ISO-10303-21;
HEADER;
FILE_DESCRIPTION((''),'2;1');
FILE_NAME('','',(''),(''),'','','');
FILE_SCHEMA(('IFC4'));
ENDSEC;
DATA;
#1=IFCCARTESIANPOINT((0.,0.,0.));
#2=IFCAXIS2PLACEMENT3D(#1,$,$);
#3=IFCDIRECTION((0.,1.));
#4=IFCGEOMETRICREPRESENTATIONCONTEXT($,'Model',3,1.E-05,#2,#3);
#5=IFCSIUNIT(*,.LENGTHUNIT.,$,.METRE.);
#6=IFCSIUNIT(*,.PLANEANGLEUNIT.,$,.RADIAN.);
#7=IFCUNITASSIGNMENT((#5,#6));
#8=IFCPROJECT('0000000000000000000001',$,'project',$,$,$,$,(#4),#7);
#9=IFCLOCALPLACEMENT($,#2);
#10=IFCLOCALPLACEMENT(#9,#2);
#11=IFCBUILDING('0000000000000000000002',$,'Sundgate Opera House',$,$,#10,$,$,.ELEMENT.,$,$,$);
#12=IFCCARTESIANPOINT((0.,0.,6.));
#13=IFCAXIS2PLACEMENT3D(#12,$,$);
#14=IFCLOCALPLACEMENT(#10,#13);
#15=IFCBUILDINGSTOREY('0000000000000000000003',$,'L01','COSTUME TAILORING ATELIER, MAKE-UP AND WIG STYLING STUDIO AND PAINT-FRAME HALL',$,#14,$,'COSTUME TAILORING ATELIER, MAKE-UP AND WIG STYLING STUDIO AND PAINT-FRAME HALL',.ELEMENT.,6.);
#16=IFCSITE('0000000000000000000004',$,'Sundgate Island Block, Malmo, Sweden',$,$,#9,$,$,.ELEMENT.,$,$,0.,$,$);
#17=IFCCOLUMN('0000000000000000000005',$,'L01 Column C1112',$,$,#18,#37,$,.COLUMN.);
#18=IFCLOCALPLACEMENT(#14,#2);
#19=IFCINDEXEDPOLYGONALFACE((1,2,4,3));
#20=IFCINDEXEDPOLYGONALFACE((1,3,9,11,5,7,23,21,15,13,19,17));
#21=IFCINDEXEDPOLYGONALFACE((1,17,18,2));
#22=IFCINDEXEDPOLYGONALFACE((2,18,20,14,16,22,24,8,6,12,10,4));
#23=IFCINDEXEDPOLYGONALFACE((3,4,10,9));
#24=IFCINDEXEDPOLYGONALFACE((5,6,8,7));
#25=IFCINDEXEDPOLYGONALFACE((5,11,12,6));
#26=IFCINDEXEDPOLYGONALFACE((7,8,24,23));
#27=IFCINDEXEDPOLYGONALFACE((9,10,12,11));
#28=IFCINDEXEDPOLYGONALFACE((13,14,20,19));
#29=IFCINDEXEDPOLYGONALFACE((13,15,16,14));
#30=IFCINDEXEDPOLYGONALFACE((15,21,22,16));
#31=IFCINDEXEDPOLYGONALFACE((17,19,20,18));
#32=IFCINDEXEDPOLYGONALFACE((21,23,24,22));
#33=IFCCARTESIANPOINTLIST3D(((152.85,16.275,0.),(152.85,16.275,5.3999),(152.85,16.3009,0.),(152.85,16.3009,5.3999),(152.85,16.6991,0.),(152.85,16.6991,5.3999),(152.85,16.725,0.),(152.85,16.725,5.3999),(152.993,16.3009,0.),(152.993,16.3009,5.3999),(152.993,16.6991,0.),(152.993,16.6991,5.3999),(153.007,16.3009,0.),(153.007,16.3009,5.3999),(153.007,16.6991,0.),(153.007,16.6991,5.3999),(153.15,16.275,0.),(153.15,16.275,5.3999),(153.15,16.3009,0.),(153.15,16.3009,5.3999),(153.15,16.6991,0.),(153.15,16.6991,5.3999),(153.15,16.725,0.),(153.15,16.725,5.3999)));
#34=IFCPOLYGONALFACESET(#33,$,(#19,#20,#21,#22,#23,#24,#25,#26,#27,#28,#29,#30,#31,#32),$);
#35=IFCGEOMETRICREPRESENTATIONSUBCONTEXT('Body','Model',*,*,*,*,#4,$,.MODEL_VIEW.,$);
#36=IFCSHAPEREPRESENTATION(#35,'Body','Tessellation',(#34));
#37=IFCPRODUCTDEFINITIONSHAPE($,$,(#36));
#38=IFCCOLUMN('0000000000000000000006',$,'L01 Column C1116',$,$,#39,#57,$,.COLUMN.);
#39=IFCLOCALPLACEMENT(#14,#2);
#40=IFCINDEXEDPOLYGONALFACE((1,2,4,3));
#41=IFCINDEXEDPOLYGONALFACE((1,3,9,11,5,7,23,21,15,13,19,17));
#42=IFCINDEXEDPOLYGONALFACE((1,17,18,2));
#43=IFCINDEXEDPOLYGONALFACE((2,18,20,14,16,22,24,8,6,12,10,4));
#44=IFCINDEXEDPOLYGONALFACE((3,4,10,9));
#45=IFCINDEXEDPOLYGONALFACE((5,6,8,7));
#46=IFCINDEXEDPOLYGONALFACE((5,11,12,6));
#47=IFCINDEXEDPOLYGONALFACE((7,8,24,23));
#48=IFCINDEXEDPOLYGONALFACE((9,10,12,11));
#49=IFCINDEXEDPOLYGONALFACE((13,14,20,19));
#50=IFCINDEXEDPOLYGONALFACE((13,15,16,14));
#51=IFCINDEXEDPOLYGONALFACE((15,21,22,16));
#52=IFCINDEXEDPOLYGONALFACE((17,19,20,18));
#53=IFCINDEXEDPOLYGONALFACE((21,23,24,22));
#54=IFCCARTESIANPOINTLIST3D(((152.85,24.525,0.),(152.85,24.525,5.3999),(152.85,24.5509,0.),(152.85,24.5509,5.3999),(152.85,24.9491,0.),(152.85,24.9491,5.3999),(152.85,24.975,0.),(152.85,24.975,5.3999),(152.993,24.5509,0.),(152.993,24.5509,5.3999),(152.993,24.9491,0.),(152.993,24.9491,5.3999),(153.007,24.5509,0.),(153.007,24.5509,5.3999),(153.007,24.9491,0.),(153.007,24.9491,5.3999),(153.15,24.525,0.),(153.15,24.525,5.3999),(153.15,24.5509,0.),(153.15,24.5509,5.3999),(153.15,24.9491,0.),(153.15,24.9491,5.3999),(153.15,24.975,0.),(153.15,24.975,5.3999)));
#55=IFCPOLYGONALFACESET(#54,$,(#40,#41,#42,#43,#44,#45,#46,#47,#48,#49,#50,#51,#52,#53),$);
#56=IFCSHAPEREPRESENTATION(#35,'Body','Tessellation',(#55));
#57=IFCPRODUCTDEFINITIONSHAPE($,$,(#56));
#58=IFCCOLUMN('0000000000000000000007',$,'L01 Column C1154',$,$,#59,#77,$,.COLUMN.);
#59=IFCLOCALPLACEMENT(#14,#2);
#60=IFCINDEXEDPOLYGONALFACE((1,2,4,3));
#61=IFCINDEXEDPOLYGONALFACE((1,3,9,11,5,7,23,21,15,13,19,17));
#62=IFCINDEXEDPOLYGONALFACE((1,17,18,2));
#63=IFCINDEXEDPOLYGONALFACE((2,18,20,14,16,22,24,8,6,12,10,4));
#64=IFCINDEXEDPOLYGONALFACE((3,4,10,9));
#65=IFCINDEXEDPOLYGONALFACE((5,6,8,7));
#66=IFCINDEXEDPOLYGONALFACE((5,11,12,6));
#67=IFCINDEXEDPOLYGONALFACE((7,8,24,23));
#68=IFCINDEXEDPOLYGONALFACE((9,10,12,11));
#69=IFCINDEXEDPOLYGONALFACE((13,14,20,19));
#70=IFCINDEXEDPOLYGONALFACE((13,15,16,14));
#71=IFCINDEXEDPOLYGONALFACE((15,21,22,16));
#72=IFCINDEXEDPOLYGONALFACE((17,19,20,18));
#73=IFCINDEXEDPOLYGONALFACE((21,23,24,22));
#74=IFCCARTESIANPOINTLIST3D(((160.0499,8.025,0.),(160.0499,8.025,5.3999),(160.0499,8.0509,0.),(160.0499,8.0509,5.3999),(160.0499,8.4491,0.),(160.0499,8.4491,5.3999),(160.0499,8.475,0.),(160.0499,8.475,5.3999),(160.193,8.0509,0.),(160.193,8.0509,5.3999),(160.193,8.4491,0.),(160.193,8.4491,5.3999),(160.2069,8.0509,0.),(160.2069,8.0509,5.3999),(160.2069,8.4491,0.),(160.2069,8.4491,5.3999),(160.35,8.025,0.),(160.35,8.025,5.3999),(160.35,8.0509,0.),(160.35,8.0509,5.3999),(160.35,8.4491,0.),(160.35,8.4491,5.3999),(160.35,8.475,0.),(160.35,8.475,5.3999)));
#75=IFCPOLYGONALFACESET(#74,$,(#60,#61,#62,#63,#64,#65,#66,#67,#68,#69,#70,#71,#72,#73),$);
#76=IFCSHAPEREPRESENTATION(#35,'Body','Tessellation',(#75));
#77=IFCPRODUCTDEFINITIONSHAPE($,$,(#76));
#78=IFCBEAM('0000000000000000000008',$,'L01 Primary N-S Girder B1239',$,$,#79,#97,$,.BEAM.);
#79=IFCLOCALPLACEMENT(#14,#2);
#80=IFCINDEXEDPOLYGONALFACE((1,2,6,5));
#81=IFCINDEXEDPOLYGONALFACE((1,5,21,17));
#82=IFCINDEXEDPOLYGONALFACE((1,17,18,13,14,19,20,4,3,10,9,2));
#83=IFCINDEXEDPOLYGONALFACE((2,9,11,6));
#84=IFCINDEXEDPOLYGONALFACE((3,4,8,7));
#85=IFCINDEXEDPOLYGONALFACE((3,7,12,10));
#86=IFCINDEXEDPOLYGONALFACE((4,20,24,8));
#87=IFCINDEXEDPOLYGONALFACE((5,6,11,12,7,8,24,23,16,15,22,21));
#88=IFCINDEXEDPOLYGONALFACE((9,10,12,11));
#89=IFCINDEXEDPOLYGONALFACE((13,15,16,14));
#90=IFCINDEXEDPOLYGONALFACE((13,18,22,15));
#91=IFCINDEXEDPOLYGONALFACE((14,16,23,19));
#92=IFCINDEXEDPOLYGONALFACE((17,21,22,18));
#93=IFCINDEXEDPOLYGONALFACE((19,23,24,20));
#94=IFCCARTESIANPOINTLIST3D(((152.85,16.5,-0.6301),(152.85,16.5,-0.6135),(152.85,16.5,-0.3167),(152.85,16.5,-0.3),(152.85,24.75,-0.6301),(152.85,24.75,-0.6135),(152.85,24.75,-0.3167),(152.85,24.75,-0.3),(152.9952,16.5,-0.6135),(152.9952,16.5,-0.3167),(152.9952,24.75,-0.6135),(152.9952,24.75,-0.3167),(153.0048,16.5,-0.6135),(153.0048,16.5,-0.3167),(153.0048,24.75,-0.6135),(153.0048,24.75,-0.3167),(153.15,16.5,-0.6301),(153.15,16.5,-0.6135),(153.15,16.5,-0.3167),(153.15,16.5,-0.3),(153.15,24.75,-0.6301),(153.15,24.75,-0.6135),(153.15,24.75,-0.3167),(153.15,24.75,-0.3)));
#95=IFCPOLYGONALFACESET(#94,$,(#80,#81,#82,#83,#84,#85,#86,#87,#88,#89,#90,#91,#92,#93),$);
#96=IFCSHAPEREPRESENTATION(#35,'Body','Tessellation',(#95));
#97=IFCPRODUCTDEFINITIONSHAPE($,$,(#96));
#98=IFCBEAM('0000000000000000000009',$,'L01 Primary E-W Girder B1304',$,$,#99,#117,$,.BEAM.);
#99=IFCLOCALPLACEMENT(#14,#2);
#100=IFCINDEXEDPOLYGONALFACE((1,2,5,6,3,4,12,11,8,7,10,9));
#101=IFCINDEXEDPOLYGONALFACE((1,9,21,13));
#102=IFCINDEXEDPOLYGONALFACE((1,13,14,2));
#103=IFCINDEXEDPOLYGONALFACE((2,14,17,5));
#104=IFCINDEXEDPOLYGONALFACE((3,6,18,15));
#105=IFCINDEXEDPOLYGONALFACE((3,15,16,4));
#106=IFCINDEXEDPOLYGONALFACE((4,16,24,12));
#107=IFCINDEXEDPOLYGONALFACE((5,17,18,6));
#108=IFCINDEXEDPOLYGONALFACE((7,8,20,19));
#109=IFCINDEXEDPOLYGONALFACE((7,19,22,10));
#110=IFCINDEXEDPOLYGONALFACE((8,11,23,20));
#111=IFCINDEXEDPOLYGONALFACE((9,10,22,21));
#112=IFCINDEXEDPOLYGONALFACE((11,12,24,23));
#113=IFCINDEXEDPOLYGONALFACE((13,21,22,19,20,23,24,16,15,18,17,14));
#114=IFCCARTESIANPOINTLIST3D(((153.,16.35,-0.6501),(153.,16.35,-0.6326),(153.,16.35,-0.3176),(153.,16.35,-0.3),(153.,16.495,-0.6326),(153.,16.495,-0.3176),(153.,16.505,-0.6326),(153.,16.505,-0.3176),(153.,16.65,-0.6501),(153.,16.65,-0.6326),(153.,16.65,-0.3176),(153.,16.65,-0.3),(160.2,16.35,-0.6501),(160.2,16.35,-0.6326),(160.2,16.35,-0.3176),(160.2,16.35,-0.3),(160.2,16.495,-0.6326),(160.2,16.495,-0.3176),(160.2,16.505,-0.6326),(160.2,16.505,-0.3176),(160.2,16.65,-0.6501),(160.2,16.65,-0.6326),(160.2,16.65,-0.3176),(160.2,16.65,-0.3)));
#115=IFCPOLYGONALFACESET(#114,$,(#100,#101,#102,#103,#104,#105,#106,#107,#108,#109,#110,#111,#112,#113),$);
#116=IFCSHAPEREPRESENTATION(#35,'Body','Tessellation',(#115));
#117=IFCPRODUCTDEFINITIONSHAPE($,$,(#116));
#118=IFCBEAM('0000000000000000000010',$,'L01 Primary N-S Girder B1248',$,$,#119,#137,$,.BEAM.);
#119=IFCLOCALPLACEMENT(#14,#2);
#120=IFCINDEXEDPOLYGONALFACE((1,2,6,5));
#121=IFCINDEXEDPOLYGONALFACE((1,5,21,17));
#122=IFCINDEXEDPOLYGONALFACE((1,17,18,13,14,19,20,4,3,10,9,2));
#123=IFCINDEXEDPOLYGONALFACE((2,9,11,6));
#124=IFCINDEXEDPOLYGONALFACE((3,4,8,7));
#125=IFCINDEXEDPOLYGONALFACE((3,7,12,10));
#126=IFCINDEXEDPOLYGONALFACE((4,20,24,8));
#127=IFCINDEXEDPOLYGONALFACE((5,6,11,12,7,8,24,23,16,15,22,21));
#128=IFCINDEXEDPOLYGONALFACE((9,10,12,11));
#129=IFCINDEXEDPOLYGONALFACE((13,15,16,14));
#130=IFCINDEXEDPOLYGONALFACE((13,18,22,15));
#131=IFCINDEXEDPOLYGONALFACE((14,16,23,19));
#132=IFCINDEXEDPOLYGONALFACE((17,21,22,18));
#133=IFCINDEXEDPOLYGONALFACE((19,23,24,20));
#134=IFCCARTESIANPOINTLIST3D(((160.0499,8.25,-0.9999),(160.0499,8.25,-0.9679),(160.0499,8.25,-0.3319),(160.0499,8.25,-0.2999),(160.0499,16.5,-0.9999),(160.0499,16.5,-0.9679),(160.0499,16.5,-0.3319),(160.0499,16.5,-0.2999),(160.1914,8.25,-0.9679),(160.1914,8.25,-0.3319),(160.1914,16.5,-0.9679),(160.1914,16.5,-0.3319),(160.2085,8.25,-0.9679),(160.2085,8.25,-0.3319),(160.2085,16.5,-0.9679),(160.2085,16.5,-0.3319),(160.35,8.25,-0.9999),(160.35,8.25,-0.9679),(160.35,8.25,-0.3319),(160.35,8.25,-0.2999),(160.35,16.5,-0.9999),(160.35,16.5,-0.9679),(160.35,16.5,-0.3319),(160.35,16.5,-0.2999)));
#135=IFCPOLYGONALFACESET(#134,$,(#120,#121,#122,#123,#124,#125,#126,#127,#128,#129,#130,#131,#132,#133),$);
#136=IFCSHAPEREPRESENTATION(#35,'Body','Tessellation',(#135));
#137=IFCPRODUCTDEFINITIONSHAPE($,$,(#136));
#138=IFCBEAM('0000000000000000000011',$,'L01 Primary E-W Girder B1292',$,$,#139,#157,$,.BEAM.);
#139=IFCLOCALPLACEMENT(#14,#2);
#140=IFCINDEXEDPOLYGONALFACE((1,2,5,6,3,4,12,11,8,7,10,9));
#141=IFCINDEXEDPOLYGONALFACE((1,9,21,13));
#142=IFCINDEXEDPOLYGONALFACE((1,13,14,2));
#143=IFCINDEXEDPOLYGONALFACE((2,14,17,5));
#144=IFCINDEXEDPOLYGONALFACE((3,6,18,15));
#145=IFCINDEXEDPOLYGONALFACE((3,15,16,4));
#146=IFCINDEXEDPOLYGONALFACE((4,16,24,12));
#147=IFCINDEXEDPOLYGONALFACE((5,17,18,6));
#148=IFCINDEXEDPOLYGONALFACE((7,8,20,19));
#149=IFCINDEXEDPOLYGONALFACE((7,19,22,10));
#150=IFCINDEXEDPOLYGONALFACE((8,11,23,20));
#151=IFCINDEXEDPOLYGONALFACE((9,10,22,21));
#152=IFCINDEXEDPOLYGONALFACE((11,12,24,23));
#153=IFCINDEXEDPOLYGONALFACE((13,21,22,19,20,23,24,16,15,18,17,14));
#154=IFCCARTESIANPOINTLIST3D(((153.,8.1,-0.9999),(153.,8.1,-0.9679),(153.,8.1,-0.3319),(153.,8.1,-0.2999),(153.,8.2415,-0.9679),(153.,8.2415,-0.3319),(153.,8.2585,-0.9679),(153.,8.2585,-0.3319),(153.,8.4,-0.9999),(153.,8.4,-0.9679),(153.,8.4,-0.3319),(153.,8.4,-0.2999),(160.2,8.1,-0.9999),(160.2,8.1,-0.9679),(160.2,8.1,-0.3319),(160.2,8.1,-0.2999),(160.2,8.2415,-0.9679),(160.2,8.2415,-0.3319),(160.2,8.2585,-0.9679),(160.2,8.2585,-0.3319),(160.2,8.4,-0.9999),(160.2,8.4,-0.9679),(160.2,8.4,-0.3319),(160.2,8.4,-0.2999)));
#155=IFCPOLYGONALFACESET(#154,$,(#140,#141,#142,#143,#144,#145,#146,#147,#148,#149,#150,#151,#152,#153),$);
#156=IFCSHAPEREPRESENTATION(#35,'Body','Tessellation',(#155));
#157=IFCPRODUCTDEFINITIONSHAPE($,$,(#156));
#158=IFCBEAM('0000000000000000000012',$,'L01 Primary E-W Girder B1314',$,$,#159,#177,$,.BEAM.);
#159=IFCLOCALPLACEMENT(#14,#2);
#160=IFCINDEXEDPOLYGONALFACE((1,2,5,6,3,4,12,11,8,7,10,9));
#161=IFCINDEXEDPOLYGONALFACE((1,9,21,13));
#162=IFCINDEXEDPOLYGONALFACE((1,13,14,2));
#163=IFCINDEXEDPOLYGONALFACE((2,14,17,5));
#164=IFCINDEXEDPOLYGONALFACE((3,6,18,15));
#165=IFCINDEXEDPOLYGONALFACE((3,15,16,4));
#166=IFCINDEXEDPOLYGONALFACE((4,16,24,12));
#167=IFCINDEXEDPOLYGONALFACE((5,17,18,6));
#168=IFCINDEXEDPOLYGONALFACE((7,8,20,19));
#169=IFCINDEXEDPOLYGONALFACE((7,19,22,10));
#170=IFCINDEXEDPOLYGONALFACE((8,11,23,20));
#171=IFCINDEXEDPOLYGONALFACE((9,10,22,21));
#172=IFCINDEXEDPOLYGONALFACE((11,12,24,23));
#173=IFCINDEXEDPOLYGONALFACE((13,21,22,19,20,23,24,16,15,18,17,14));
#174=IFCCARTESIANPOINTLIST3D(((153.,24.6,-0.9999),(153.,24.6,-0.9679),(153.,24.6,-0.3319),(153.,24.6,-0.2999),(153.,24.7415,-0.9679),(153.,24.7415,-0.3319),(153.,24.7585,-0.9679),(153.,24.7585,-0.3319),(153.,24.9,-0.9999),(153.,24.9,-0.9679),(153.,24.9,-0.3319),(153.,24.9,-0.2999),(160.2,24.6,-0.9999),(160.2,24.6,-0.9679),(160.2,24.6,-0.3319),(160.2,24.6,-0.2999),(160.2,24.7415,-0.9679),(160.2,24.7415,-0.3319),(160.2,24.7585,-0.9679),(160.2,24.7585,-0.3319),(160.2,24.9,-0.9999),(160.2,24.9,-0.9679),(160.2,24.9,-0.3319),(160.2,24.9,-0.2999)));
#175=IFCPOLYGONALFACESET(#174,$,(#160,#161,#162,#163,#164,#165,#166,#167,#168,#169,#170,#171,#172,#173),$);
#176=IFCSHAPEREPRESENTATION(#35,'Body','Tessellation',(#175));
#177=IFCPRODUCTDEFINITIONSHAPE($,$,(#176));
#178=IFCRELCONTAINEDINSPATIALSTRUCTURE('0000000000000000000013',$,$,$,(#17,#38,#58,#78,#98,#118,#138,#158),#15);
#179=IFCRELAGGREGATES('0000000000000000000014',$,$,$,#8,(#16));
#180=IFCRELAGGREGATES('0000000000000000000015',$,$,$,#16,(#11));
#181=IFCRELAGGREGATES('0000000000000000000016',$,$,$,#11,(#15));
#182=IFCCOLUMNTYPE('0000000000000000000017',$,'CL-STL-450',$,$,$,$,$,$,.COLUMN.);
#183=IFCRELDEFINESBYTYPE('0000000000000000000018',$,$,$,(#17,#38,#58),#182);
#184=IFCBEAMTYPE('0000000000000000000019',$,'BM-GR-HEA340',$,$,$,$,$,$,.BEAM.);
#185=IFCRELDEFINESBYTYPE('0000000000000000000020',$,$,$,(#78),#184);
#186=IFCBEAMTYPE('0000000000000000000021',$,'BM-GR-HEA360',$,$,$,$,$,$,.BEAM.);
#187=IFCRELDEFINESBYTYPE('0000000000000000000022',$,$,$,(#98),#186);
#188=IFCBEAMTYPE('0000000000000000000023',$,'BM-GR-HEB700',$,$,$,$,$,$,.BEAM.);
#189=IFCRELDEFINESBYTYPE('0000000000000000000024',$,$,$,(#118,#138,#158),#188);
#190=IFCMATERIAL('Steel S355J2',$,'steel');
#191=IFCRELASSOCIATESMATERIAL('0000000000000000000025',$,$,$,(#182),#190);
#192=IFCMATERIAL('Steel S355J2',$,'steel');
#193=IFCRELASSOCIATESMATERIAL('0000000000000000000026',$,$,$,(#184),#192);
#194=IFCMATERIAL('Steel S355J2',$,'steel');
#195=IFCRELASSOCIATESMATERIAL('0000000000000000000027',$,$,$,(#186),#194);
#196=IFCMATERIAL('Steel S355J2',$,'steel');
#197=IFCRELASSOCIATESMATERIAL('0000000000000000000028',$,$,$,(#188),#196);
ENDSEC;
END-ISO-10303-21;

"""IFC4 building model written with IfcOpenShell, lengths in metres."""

from ifc_helpers import new_model, si_unit, direction, frame, origin, origin_2d, place, context, subcontext, project, spatial, i_section, extrude, material, material_profile, profile_set, type_object, element, save


model = new_model("IFC4")

# Units and contexts
model_context = context("Model", 3, precision=1e-05, world=origin(), true_north=direction((0.0, 1.0)))
body_context = subcontext(model_context, "Body", "Model", "MODEL_VIEW")
ifc_project = project(units=[si_unit("LENGTHUNIT", "METRE"), si_unit("PLANEANGLEUNIT", "RADIAN")], contexts=[model_context])

# Site, building, storey
site_placement = place(None, origin())
site = spatial("IfcSite", under=ifc_project, at=site_placement, Name="Sundgate Island Block, Malmo, Sweden", CompositionType="ELEMENT", RefElevation=0.0)
building_placement = place(site_placement, origin())
building = spatial("IfcBuilding", under=site, at=building_placement, Name="Sundgate Opera House", CompositionType="ELEMENT")
storey_placement = place(building_placement, frame((0.0, 0.0, 6.0)))
storey = spatial("IfcBuildingStorey", under=building, at=storey_placement, Name="L01", Description="COSTUME TAILORING ATELIER, MAKE-UP AND WIG STYLING STUDIO AND PAINT-FRAME HALL", LongName="COSTUME TAILORING ATELIER, MAKE-UP AND WIG STYLING STUDIO AND PAINT-FRAME HALL", CompositionType="ELEMENT", Elevation=6.0)

# Columns
ifc_material_1 = material(Name="Steel S355J2", Category="steel")
ifc_material_profile_1 = material_profile(ifc_material_1, i_section(OverallWidth=0.3, OverallDepth=0.45, WebThickness=0.0139, FlangeThickness=0.0259, at=origin_2d()), Name="HEB 450")
ifc_profile_set_1 = profile_set([ifc_material_profile_1], Name="Steel S355J2")
column_type = type_object("IfcColumnType", Name="CL-STL-450", PredefinedType="COLUMN", material=ifc_profile_set_1)
for number, where, z_axis, x_axis, name in (
    (1, (153.0, 16.5, 0.0), (0.0, 0.0, 1.0), (1.0, 0.0, 0.0), "L01 Column C1112"),
    (2, (153.0, 24.75, 0.0), (0.0, 0.0, 1.0), (1.0, 0.0, 0.0), "L01 Column C1116"),
    (3, (160.2, 8.25, 0.0), (0.0, 0.0, 1.0), (1.0, 0.0, 0.0), "L01 Column C1154"),
):
    element("IfcColumn", number, at=place(storey_placement, frame(where, z_axis=z_axis, x_axis=x_axis)), inside=storey, type_object=column_type, Name=name, PredefinedType="COLUMN", context=body_context, shape_type="SweptSolid", body=[
        extrude(i_section(OverallWidth=0.3, OverallDepth=0.45, WebThickness=0.0139, FlangeThickness=0.0259, at=origin_2d()), origin(), (0.0, 0.0, 1.0), 5.3999),
    ])

# Beams
ifc_material_2 = material(Name="Steel S355J2", Category="steel")
ifc_material_profile_2 = material_profile(ifc_material_2, i_section(OverallWidth=0.3, OverallDepth=0.3301, WebThickness=0.0095, FlangeThickness=0.0166, at=origin_2d()), Name="HEA 340")
ifc_profile_set_2 = profile_set([ifc_material_profile_2], Name="Steel S355J2")
beam_type_1 = type_object("IfcBeamType", Name="BM-GR-HEA340", PredefinedType="BEAM", material=ifc_profile_set_2)
beam_1_placement = place(storey_placement, frame((153.0, 16.5, -0.4651), z_axis=(0.0, 1.0, 0.0), x_axis=(-1.0, 0.0, 0.0)))
element("IfcBeam", 4, at=beam_1_placement, inside=storey, type_object=beam_type_1, Name="L01 Primary N-S Girder B1239", PredefinedType="BEAM", context=body_context, shape_type="SweptSolid", body=[
    extrude(i_section(OverallWidth=0.3, OverallDepth=0.3301, WebThickness=0.0095, FlangeThickness=0.0166, at=origin_2d()), origin(), (0.0, 0.0, 1.0), 8.25),
])
ifc_material_3 = material(Name="Steel S355J2", Category="steel")
ifc_material_profile_3 = material_profile(ifc_material_3, i_section(OverallWidth=0.3, OverallDepth=0.3501, WebThickness=0.01, FlangeThickness=0.0176, at=origin_2d()), Name="HEA 360")
ifc_profile_set_3 = profile_set([ifc_material_profile_3], Name="Steel S355J2")
beam_type_2 = type_object("IfcBeamType", Name="BM-GR-HEA360", PredefinedType="BEAM", material=ifc_profile_set_3)
beam_2_placement = place(storey_placement, frame((153.0, 16.5, -0.4751), z_axis=(1.0, 0.0, 0.0), x_axis=(0.0, 1.0, 0.0)))
element("IfcBeam", 5, at=beam_2_placement, inside=storey, type_object=beam_type_2, Name="L01 Primary E-W Girder B1304", PredefinedType="BEAM", context=body_context, shape_type="SweptSolid", body=[
    extrude(i_section(OverallWidth=0.3, OverallDepth=0.3501, WebThickness=0.01, FlangeThickness=0.0176, at=origin_2d()), origin(), (0.0, 0.0, 1.0), 7.2),
])
ifc_material_4 = material(Name="Steel S355J2", Category="steel")
ifc_material_profile_4 = material_profile(ifc_material_4, i_section(OverallWidth=0.3, OverallDepth=0.7, WebThickness=0.0171, FlangeThickness=0.032, at=origin_2d()), Name="HEB 700")
ifc_profile_set_4 = profile_set([ifc_material_profile_4], Name="Steel S355J2")
beam_type_3 = type_object("IfcBeamType", Name="BM-GR-HEB700", PredefinedType="BEAM", material=ifc_profile_set_4)
beam_3_placement = place(storey_placement, frame((160.2, 8.25, -0.6499), z_axis=(0.0, 1.0, 0.0), x_axis=(-1.0, 0.0, 0.0)))
element("IfcBeam", 6, at=beam_3_placement, inside=storey, type_object=beam_type_3, Name="L01 Primary N-S Girder B1248", PredefinedType="BEAM", context=body_context, shape_type="SweptSolid", body=[
    extrude(i_section(OverallWidth=0.3, OverallDepth=0.7, WebThickness=0.0171, FlangeThickness=0.032, at=origin_2d()), origin(), (0.0, 0.0, 1.0), 8.25),
])
for number, where, z_axis, x_axis, name in (
    (7, (153.0, 8.25, -0.6499), (1.0, 0.0, 0.0), (0.0, 1.0, 0.0), "L01 Primary E-W Girder B1292"),
    (8, (153.0, 24.75, -0.6499), (1.0, 0.0, 0.0), (0.0, 1.0, 0.0), "L01 Primary E-W Girder B1314"),
):
    element("IfcBeam", number, at=place(storey_placement, frame(where, z_axis=z_axis, x_axis=x_axis)), inside=storey, type_object=beam_type_3, Name=name, PredefinedType="BEAM", context=body_context, shape_type="SweptSolid", body=[
        extrude(i_section(OverallWidth=0.3, OverallDepth=0.7, WebThickness=0.0171, FlangeThickness=0.032, at=origin_2d()), origin(), (0.0, 0.0, 1.0), 7.2),
    ])

save(model, "model.ifc")
